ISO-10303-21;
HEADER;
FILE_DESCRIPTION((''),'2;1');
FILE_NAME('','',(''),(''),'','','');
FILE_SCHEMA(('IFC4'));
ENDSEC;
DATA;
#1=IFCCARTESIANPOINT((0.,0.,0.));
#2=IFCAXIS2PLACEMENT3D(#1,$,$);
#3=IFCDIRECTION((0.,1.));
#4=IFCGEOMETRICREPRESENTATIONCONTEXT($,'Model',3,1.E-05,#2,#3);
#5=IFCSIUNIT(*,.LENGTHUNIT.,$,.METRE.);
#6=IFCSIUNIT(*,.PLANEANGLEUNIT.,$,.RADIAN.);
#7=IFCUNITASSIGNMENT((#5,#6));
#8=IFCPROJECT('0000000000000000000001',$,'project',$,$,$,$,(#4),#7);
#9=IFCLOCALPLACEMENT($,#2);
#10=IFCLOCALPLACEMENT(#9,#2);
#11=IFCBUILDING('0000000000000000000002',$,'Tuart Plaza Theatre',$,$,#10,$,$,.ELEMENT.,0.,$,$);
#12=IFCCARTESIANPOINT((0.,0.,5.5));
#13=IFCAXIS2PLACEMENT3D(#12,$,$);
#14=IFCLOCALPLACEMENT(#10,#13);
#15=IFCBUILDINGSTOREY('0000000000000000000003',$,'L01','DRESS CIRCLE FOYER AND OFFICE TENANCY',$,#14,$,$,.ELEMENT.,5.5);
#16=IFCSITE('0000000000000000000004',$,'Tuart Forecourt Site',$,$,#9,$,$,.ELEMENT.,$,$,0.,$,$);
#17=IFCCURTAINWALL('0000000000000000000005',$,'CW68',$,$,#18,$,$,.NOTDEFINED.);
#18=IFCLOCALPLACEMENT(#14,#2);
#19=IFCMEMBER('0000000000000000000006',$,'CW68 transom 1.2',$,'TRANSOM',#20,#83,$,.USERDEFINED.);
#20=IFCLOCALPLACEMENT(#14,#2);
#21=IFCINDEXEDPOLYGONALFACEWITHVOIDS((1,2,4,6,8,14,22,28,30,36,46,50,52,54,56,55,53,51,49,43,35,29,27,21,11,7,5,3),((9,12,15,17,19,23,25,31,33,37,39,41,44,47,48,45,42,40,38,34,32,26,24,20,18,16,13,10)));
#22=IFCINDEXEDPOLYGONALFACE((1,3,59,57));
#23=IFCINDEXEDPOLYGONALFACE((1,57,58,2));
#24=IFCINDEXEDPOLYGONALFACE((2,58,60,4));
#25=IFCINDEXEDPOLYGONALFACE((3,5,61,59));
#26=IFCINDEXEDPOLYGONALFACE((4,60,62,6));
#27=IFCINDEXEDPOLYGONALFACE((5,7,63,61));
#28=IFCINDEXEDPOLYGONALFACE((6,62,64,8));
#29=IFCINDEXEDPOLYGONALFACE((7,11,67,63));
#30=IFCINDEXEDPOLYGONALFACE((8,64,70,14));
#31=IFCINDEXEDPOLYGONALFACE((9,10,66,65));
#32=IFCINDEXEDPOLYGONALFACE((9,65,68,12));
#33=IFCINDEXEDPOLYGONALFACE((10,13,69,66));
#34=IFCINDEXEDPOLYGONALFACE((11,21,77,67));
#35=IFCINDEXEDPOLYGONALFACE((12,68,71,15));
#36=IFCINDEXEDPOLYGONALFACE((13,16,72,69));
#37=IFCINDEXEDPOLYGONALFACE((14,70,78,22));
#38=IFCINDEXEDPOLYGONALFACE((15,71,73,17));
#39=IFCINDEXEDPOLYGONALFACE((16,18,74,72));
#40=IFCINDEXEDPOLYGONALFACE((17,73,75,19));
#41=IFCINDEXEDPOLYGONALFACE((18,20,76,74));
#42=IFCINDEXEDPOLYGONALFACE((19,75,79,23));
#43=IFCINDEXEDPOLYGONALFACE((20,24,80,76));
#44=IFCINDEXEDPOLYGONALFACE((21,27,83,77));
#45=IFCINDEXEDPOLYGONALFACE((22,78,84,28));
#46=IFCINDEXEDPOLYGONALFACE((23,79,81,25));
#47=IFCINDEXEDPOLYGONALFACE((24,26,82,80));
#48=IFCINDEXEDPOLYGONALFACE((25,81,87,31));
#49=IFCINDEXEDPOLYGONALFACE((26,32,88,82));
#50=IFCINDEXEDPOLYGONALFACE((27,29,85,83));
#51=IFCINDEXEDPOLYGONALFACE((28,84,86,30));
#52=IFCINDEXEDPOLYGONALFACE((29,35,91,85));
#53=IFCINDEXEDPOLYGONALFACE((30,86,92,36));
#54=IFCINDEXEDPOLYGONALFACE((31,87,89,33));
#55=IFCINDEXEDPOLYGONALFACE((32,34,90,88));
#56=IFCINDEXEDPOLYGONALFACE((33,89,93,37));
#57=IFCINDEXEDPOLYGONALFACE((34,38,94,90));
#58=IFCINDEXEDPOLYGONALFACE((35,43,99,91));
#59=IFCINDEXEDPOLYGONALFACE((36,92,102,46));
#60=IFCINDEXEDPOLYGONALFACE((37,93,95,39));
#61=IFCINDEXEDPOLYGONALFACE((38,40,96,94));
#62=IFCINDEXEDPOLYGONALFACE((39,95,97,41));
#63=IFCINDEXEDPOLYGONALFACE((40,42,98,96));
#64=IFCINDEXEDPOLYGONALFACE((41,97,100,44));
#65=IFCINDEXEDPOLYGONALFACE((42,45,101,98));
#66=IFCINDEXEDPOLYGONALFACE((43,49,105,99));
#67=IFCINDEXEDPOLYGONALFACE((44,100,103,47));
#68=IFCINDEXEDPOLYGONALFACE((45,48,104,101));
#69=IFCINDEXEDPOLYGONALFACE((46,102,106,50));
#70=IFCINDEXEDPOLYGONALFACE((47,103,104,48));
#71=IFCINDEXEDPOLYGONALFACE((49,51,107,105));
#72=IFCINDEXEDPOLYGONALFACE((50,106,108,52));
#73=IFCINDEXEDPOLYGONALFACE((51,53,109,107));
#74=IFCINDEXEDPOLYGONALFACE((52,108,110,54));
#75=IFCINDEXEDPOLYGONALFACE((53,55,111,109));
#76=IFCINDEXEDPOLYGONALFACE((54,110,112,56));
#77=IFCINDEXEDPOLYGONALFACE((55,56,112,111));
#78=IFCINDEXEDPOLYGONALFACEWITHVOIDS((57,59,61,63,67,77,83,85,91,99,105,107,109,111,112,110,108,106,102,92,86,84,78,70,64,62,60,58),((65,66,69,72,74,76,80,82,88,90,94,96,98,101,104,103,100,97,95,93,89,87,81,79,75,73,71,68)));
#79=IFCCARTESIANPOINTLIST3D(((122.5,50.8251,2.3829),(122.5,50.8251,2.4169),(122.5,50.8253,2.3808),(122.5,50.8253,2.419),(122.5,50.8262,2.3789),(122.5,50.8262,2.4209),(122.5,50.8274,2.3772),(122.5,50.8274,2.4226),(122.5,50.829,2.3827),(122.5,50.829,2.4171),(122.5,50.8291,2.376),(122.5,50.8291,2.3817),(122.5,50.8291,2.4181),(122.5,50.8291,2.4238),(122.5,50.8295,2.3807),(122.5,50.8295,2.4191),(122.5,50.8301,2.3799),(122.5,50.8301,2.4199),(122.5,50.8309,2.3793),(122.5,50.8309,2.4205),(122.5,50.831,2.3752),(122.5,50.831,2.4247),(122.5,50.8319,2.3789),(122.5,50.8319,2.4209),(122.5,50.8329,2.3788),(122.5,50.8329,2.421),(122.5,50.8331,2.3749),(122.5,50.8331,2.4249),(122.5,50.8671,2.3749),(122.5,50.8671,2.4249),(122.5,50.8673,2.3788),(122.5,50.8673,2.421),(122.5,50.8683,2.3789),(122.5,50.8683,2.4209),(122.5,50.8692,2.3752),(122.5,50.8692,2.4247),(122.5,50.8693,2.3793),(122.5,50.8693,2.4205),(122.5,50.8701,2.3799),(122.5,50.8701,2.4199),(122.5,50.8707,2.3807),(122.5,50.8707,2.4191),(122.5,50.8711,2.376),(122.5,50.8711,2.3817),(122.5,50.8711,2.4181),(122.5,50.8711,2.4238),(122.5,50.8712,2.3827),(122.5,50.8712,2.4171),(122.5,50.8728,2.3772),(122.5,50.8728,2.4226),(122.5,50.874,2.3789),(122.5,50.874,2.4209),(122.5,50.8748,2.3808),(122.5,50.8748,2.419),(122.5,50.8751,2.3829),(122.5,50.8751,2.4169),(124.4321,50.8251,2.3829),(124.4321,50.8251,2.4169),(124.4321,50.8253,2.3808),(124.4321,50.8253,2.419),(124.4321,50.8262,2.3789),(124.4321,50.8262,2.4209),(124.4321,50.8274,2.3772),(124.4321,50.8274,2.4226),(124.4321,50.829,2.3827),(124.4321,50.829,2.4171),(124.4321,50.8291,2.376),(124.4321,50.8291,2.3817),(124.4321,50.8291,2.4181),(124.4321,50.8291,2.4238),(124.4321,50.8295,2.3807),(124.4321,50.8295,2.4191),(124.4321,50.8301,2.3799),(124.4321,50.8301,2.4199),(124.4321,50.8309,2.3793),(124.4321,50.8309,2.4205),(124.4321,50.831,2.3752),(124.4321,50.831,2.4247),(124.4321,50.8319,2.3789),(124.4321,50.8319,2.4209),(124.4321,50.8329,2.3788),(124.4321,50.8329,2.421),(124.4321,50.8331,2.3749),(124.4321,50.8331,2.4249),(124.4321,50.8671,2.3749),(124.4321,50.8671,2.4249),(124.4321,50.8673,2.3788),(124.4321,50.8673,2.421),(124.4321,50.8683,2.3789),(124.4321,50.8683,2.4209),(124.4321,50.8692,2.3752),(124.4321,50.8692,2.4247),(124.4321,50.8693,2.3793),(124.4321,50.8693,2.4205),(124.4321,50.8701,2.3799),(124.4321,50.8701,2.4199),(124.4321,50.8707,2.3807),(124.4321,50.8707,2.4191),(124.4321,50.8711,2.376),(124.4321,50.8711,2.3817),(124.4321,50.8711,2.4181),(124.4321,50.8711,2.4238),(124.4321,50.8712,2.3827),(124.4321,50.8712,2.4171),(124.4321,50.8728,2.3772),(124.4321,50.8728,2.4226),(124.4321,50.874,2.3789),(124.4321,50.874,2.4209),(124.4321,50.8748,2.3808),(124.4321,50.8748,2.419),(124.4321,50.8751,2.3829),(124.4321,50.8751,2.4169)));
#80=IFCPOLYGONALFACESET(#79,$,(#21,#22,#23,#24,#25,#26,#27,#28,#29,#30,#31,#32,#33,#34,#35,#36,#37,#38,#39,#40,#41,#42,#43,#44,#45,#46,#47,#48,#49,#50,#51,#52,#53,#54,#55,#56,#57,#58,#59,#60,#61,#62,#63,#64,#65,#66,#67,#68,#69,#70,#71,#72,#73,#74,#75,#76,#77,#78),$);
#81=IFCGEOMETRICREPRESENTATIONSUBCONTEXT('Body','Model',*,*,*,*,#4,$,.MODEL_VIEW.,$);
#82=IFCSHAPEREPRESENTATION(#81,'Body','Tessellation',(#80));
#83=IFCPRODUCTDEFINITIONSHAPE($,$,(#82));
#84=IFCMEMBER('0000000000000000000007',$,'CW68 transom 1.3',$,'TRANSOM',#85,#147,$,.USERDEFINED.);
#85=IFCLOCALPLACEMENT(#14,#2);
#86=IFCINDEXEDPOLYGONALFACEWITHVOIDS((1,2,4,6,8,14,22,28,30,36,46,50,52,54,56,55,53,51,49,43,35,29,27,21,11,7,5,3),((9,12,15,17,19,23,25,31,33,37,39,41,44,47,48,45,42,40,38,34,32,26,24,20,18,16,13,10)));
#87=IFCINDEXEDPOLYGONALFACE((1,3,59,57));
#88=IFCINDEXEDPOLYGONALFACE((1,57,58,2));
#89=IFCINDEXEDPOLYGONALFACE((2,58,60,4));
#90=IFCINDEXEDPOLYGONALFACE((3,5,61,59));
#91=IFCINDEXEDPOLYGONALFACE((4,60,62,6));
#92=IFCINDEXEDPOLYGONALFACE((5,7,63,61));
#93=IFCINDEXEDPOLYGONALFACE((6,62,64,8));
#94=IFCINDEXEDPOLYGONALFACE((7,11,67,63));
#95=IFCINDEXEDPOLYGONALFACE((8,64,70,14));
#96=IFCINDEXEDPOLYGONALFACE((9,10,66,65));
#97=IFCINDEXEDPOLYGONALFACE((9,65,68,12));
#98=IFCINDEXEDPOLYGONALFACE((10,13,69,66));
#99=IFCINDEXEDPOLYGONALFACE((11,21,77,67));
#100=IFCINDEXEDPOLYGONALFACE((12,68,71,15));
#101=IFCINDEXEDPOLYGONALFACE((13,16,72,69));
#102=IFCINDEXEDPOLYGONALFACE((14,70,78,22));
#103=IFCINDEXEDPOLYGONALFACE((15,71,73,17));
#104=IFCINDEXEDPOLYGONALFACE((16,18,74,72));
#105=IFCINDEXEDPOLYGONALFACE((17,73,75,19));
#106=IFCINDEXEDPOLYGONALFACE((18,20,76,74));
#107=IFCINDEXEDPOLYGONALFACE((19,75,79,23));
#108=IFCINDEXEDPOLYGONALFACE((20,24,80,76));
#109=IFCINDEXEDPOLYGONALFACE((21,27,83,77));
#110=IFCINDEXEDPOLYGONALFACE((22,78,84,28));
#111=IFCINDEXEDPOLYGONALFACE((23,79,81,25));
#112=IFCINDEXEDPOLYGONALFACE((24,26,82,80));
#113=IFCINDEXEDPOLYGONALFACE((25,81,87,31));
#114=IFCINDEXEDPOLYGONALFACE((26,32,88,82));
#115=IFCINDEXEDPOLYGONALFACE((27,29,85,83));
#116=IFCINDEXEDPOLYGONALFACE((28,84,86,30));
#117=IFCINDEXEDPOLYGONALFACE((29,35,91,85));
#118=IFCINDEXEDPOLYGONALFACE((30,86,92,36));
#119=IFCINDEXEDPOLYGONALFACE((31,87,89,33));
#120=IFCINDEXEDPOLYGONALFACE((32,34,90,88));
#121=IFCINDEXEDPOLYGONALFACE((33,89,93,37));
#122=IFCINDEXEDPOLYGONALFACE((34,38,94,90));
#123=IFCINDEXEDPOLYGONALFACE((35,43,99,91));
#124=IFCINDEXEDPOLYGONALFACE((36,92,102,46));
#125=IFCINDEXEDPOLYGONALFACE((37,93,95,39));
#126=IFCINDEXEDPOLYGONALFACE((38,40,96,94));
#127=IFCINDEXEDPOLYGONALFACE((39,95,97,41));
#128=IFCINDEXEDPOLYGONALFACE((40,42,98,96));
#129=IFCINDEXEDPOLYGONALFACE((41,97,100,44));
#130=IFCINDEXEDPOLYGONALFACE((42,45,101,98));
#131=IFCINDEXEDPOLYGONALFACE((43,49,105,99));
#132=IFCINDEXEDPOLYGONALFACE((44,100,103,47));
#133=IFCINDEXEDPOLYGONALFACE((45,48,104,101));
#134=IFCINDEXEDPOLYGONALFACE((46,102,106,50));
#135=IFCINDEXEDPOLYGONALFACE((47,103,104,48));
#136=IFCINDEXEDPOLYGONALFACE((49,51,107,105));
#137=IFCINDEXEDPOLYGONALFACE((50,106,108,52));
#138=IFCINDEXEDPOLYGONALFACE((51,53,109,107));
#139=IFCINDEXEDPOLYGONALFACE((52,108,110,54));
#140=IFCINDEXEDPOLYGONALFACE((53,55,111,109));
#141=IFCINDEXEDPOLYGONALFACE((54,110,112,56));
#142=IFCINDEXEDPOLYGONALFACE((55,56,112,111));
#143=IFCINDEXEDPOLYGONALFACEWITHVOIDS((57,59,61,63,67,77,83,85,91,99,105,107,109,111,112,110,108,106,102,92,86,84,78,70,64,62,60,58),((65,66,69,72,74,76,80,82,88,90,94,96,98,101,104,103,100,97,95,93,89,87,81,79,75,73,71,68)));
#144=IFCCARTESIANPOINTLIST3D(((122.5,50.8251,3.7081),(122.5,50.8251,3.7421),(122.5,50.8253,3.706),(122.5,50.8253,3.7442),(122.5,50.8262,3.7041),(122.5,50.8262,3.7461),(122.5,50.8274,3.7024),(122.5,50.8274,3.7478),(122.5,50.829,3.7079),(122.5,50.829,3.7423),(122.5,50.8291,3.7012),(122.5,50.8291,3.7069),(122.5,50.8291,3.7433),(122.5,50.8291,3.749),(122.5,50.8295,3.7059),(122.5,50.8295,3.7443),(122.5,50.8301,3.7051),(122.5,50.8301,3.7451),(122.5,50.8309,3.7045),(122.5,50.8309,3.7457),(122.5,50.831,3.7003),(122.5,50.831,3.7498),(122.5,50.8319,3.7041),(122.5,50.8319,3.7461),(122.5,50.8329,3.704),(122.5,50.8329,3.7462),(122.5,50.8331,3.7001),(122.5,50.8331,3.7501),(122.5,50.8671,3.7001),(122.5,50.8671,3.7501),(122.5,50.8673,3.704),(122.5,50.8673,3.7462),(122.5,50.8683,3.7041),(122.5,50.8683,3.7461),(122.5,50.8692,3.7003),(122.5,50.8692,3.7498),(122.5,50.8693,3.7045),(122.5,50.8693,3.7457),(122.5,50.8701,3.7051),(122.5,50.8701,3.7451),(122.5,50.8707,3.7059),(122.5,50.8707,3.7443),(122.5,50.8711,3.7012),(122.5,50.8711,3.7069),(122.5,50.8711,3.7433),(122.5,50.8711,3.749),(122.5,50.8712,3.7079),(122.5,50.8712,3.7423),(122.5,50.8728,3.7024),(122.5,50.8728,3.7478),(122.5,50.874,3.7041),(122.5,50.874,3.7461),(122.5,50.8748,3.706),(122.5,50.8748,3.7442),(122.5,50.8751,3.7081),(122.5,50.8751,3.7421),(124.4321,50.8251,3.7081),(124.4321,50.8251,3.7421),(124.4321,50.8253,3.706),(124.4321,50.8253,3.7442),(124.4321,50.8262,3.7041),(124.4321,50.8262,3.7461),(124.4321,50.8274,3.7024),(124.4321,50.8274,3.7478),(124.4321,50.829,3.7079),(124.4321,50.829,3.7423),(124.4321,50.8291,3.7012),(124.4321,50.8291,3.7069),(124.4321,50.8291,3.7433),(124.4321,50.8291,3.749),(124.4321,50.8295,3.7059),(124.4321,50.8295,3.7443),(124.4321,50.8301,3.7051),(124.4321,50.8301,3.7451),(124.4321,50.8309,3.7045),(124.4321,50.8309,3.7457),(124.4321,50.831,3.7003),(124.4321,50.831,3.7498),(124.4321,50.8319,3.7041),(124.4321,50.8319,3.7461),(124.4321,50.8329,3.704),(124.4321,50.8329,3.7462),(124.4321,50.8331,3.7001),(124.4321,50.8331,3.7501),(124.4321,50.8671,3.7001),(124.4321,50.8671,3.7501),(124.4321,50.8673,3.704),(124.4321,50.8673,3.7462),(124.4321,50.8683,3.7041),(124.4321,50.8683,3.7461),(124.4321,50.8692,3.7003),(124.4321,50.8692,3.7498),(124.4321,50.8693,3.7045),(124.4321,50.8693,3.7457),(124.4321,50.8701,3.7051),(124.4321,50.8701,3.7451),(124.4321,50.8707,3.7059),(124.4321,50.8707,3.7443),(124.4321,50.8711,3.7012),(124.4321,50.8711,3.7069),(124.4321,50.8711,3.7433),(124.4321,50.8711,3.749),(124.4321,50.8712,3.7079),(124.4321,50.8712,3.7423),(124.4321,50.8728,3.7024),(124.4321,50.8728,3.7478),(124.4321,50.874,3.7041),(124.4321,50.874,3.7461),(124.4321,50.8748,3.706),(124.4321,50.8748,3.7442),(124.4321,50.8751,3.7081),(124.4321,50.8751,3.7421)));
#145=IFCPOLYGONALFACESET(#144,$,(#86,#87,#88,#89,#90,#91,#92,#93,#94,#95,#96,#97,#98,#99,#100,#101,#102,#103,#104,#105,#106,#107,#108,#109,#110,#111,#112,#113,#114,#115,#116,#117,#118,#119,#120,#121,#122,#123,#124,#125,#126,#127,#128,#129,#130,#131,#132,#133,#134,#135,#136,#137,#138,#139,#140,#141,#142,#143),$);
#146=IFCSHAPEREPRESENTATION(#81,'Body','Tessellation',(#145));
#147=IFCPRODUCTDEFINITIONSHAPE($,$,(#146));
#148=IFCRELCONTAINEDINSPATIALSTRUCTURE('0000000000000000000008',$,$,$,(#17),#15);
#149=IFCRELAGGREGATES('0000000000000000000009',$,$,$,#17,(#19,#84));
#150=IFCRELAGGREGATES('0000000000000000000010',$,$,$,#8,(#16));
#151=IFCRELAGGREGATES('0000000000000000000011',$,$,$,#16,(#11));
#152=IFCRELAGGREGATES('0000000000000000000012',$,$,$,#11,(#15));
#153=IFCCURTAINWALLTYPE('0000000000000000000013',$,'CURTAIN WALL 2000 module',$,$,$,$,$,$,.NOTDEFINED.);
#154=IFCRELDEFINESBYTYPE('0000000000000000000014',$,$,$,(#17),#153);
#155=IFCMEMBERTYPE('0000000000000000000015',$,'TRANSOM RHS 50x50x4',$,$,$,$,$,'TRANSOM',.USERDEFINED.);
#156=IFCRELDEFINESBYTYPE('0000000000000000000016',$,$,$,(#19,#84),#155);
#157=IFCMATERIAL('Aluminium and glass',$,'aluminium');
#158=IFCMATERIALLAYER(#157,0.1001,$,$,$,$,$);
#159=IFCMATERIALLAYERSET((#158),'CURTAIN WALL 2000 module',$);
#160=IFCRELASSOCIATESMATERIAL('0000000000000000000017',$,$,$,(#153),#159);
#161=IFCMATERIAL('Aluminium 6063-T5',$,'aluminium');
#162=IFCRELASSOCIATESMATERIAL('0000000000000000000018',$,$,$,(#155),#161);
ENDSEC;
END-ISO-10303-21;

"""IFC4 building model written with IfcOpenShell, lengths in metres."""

from ifc_helpers import new_model, si_unit, direction, frame, origin, origin_2d, place, context, subcontext, project, spatial, hollow_rectangle, extrude, material, layer, layer_set, material_profile, profile_set, type_object, element, aggregate, save


model = new_model("IFC4")

# Units and contexts
model_context = context("Model", 3, precision=1e-05, world=origin(), true_north=direction((0.0, 1.0)))
body_context = subcontext(model_context, "Body", "Model", "MODEL_VIEW")
ifc_project = project(units=[si_unit("LENGTHUNIT", "METRE"), si_unit("PLANEANGLEUNIT", "RADIAN")], contexts=[model_context])

# Site, building, storey
site_placement = place(None, origin())
site = spatial("IfcSite", under=ifc_project, at=site_placement, Name="Tuart Forecourt Site", CompositionType="ELEMENT", RefElevation=0.0)
building_placement = place(site_placement, origin())
building = spatial("IfcBuilding", under=site, at=building_placement, Name="Tuart Plaza Theatre", CompositionType="ELEMENT", ElevationOfRefHeight=0.0)
storey_placement = place(building_placement, frame((0.0, 0.0, 5.5)))
storey = spatial("IfcBuildingStorey", under=building, at=storey_placement, Name="L01", Description="DRESS CIRCLE FOYER AND OFFICE TENANCY", CompositionType="ELEMENT", Elevation=5.5)

# Curtain wall
ifc_material_1 = material(Name="Aluminium and glass", Category="aluminium")
ifc_layer_1 = layer(ifc_material_1, 0.1001)
ifc_layer_set_1 = layer_set([ifc_layer_1], Name="CURTAIN WALL 2000 module")
curtain_wall_type = type_object("IfcCurtainWallType", Name="CURTAIN WALL 2000 module", PredefinedType="NOTDEFINED", material=ifc_layer_set_1)
curtain_wall_1_placement = place(storey_placement, origin())
curtain_wall_1 = element("IfcCurtainWall", 1, at=curtain_wall_1_placement, inside=storey, type_object=curtain_wall_type, Name="CW68", PredefinedType="NOTDEFINED")

# Members
ifc_material_2 = material(Name="Aluminium 6063-T5", Category="aluminium")
ifc_material_profile_1 = material_profile(ifc_material_2, hollow_rectangle(XDim=0.05, YDim=0.05, WallThickness=0.0039, InnerFilletRadius=0.0039, OuterFilletRadius=0.0081, at=origin_2d()), Name="RHS 50x50x4")
ifc_profile_set_1 = profile_set([ifc_material_profile_1], Name="Aluminium 6063-T5")
member_type_1 = type_object("IfcMemberType", Name="TRANSOM RHS 50x50x4", ElementType="TRANSOM", PredefinedType="USERDEFINED", material=ifc_profile_set_1)
member_1_placement = place(storey_placement, frame((122.5, 50.8501, 2.3999), z_axis=(1.0, 0.0, 0.0), x_axis=(0.0, 1.0, 0.0)))
member_1 = element("IfcMember", 2, at=member_1_placement, type_object=member_type_1, Name="CW68 transom 1.2", ObjectType="TRANSOM", PredefinedType="USERDEFINED", context=body_context, shape_type="SweptSolid", body=[
    extrude(hollow_rectangle(XDim=0.05, YDim=0.05, WallThickness=0.0039, InnerFilletRadius=0.0039, OuterFilletRadius=0.0081, at=origin_2d()), origin(), (0.0, 0.0, 1.0), 1.9321),
])
member_2_placement = place(storey_placement, frame((122.5, 50.8501, 3.7251), z_axis=(1.0, 0.0, 0.0), x_axis=(0.0, 1.0, 0.0)))
member_2 = element("IfcMember", 3, at=member_2_placement, type_object=member_type_1, Name="CW68 transom 1.3", ObjectType="TRANSOM", PredefinedType="USERDEFINED", context=body_context, shape_type="SweptSolid", body=[
    extrude(hollow_rectangle(XDim=0.05, YDim=0.05, WallThickness=0.0039, InnerFilletRadius=0.0039, OuterFilletRadius=0.0081, at=origin_2d()), origin(), (0.0, 0.0, 1.0), 1.9321),
])

aggregate(curtain_wall_1, [member_1, member_2])

save(model, "model.ifc")
